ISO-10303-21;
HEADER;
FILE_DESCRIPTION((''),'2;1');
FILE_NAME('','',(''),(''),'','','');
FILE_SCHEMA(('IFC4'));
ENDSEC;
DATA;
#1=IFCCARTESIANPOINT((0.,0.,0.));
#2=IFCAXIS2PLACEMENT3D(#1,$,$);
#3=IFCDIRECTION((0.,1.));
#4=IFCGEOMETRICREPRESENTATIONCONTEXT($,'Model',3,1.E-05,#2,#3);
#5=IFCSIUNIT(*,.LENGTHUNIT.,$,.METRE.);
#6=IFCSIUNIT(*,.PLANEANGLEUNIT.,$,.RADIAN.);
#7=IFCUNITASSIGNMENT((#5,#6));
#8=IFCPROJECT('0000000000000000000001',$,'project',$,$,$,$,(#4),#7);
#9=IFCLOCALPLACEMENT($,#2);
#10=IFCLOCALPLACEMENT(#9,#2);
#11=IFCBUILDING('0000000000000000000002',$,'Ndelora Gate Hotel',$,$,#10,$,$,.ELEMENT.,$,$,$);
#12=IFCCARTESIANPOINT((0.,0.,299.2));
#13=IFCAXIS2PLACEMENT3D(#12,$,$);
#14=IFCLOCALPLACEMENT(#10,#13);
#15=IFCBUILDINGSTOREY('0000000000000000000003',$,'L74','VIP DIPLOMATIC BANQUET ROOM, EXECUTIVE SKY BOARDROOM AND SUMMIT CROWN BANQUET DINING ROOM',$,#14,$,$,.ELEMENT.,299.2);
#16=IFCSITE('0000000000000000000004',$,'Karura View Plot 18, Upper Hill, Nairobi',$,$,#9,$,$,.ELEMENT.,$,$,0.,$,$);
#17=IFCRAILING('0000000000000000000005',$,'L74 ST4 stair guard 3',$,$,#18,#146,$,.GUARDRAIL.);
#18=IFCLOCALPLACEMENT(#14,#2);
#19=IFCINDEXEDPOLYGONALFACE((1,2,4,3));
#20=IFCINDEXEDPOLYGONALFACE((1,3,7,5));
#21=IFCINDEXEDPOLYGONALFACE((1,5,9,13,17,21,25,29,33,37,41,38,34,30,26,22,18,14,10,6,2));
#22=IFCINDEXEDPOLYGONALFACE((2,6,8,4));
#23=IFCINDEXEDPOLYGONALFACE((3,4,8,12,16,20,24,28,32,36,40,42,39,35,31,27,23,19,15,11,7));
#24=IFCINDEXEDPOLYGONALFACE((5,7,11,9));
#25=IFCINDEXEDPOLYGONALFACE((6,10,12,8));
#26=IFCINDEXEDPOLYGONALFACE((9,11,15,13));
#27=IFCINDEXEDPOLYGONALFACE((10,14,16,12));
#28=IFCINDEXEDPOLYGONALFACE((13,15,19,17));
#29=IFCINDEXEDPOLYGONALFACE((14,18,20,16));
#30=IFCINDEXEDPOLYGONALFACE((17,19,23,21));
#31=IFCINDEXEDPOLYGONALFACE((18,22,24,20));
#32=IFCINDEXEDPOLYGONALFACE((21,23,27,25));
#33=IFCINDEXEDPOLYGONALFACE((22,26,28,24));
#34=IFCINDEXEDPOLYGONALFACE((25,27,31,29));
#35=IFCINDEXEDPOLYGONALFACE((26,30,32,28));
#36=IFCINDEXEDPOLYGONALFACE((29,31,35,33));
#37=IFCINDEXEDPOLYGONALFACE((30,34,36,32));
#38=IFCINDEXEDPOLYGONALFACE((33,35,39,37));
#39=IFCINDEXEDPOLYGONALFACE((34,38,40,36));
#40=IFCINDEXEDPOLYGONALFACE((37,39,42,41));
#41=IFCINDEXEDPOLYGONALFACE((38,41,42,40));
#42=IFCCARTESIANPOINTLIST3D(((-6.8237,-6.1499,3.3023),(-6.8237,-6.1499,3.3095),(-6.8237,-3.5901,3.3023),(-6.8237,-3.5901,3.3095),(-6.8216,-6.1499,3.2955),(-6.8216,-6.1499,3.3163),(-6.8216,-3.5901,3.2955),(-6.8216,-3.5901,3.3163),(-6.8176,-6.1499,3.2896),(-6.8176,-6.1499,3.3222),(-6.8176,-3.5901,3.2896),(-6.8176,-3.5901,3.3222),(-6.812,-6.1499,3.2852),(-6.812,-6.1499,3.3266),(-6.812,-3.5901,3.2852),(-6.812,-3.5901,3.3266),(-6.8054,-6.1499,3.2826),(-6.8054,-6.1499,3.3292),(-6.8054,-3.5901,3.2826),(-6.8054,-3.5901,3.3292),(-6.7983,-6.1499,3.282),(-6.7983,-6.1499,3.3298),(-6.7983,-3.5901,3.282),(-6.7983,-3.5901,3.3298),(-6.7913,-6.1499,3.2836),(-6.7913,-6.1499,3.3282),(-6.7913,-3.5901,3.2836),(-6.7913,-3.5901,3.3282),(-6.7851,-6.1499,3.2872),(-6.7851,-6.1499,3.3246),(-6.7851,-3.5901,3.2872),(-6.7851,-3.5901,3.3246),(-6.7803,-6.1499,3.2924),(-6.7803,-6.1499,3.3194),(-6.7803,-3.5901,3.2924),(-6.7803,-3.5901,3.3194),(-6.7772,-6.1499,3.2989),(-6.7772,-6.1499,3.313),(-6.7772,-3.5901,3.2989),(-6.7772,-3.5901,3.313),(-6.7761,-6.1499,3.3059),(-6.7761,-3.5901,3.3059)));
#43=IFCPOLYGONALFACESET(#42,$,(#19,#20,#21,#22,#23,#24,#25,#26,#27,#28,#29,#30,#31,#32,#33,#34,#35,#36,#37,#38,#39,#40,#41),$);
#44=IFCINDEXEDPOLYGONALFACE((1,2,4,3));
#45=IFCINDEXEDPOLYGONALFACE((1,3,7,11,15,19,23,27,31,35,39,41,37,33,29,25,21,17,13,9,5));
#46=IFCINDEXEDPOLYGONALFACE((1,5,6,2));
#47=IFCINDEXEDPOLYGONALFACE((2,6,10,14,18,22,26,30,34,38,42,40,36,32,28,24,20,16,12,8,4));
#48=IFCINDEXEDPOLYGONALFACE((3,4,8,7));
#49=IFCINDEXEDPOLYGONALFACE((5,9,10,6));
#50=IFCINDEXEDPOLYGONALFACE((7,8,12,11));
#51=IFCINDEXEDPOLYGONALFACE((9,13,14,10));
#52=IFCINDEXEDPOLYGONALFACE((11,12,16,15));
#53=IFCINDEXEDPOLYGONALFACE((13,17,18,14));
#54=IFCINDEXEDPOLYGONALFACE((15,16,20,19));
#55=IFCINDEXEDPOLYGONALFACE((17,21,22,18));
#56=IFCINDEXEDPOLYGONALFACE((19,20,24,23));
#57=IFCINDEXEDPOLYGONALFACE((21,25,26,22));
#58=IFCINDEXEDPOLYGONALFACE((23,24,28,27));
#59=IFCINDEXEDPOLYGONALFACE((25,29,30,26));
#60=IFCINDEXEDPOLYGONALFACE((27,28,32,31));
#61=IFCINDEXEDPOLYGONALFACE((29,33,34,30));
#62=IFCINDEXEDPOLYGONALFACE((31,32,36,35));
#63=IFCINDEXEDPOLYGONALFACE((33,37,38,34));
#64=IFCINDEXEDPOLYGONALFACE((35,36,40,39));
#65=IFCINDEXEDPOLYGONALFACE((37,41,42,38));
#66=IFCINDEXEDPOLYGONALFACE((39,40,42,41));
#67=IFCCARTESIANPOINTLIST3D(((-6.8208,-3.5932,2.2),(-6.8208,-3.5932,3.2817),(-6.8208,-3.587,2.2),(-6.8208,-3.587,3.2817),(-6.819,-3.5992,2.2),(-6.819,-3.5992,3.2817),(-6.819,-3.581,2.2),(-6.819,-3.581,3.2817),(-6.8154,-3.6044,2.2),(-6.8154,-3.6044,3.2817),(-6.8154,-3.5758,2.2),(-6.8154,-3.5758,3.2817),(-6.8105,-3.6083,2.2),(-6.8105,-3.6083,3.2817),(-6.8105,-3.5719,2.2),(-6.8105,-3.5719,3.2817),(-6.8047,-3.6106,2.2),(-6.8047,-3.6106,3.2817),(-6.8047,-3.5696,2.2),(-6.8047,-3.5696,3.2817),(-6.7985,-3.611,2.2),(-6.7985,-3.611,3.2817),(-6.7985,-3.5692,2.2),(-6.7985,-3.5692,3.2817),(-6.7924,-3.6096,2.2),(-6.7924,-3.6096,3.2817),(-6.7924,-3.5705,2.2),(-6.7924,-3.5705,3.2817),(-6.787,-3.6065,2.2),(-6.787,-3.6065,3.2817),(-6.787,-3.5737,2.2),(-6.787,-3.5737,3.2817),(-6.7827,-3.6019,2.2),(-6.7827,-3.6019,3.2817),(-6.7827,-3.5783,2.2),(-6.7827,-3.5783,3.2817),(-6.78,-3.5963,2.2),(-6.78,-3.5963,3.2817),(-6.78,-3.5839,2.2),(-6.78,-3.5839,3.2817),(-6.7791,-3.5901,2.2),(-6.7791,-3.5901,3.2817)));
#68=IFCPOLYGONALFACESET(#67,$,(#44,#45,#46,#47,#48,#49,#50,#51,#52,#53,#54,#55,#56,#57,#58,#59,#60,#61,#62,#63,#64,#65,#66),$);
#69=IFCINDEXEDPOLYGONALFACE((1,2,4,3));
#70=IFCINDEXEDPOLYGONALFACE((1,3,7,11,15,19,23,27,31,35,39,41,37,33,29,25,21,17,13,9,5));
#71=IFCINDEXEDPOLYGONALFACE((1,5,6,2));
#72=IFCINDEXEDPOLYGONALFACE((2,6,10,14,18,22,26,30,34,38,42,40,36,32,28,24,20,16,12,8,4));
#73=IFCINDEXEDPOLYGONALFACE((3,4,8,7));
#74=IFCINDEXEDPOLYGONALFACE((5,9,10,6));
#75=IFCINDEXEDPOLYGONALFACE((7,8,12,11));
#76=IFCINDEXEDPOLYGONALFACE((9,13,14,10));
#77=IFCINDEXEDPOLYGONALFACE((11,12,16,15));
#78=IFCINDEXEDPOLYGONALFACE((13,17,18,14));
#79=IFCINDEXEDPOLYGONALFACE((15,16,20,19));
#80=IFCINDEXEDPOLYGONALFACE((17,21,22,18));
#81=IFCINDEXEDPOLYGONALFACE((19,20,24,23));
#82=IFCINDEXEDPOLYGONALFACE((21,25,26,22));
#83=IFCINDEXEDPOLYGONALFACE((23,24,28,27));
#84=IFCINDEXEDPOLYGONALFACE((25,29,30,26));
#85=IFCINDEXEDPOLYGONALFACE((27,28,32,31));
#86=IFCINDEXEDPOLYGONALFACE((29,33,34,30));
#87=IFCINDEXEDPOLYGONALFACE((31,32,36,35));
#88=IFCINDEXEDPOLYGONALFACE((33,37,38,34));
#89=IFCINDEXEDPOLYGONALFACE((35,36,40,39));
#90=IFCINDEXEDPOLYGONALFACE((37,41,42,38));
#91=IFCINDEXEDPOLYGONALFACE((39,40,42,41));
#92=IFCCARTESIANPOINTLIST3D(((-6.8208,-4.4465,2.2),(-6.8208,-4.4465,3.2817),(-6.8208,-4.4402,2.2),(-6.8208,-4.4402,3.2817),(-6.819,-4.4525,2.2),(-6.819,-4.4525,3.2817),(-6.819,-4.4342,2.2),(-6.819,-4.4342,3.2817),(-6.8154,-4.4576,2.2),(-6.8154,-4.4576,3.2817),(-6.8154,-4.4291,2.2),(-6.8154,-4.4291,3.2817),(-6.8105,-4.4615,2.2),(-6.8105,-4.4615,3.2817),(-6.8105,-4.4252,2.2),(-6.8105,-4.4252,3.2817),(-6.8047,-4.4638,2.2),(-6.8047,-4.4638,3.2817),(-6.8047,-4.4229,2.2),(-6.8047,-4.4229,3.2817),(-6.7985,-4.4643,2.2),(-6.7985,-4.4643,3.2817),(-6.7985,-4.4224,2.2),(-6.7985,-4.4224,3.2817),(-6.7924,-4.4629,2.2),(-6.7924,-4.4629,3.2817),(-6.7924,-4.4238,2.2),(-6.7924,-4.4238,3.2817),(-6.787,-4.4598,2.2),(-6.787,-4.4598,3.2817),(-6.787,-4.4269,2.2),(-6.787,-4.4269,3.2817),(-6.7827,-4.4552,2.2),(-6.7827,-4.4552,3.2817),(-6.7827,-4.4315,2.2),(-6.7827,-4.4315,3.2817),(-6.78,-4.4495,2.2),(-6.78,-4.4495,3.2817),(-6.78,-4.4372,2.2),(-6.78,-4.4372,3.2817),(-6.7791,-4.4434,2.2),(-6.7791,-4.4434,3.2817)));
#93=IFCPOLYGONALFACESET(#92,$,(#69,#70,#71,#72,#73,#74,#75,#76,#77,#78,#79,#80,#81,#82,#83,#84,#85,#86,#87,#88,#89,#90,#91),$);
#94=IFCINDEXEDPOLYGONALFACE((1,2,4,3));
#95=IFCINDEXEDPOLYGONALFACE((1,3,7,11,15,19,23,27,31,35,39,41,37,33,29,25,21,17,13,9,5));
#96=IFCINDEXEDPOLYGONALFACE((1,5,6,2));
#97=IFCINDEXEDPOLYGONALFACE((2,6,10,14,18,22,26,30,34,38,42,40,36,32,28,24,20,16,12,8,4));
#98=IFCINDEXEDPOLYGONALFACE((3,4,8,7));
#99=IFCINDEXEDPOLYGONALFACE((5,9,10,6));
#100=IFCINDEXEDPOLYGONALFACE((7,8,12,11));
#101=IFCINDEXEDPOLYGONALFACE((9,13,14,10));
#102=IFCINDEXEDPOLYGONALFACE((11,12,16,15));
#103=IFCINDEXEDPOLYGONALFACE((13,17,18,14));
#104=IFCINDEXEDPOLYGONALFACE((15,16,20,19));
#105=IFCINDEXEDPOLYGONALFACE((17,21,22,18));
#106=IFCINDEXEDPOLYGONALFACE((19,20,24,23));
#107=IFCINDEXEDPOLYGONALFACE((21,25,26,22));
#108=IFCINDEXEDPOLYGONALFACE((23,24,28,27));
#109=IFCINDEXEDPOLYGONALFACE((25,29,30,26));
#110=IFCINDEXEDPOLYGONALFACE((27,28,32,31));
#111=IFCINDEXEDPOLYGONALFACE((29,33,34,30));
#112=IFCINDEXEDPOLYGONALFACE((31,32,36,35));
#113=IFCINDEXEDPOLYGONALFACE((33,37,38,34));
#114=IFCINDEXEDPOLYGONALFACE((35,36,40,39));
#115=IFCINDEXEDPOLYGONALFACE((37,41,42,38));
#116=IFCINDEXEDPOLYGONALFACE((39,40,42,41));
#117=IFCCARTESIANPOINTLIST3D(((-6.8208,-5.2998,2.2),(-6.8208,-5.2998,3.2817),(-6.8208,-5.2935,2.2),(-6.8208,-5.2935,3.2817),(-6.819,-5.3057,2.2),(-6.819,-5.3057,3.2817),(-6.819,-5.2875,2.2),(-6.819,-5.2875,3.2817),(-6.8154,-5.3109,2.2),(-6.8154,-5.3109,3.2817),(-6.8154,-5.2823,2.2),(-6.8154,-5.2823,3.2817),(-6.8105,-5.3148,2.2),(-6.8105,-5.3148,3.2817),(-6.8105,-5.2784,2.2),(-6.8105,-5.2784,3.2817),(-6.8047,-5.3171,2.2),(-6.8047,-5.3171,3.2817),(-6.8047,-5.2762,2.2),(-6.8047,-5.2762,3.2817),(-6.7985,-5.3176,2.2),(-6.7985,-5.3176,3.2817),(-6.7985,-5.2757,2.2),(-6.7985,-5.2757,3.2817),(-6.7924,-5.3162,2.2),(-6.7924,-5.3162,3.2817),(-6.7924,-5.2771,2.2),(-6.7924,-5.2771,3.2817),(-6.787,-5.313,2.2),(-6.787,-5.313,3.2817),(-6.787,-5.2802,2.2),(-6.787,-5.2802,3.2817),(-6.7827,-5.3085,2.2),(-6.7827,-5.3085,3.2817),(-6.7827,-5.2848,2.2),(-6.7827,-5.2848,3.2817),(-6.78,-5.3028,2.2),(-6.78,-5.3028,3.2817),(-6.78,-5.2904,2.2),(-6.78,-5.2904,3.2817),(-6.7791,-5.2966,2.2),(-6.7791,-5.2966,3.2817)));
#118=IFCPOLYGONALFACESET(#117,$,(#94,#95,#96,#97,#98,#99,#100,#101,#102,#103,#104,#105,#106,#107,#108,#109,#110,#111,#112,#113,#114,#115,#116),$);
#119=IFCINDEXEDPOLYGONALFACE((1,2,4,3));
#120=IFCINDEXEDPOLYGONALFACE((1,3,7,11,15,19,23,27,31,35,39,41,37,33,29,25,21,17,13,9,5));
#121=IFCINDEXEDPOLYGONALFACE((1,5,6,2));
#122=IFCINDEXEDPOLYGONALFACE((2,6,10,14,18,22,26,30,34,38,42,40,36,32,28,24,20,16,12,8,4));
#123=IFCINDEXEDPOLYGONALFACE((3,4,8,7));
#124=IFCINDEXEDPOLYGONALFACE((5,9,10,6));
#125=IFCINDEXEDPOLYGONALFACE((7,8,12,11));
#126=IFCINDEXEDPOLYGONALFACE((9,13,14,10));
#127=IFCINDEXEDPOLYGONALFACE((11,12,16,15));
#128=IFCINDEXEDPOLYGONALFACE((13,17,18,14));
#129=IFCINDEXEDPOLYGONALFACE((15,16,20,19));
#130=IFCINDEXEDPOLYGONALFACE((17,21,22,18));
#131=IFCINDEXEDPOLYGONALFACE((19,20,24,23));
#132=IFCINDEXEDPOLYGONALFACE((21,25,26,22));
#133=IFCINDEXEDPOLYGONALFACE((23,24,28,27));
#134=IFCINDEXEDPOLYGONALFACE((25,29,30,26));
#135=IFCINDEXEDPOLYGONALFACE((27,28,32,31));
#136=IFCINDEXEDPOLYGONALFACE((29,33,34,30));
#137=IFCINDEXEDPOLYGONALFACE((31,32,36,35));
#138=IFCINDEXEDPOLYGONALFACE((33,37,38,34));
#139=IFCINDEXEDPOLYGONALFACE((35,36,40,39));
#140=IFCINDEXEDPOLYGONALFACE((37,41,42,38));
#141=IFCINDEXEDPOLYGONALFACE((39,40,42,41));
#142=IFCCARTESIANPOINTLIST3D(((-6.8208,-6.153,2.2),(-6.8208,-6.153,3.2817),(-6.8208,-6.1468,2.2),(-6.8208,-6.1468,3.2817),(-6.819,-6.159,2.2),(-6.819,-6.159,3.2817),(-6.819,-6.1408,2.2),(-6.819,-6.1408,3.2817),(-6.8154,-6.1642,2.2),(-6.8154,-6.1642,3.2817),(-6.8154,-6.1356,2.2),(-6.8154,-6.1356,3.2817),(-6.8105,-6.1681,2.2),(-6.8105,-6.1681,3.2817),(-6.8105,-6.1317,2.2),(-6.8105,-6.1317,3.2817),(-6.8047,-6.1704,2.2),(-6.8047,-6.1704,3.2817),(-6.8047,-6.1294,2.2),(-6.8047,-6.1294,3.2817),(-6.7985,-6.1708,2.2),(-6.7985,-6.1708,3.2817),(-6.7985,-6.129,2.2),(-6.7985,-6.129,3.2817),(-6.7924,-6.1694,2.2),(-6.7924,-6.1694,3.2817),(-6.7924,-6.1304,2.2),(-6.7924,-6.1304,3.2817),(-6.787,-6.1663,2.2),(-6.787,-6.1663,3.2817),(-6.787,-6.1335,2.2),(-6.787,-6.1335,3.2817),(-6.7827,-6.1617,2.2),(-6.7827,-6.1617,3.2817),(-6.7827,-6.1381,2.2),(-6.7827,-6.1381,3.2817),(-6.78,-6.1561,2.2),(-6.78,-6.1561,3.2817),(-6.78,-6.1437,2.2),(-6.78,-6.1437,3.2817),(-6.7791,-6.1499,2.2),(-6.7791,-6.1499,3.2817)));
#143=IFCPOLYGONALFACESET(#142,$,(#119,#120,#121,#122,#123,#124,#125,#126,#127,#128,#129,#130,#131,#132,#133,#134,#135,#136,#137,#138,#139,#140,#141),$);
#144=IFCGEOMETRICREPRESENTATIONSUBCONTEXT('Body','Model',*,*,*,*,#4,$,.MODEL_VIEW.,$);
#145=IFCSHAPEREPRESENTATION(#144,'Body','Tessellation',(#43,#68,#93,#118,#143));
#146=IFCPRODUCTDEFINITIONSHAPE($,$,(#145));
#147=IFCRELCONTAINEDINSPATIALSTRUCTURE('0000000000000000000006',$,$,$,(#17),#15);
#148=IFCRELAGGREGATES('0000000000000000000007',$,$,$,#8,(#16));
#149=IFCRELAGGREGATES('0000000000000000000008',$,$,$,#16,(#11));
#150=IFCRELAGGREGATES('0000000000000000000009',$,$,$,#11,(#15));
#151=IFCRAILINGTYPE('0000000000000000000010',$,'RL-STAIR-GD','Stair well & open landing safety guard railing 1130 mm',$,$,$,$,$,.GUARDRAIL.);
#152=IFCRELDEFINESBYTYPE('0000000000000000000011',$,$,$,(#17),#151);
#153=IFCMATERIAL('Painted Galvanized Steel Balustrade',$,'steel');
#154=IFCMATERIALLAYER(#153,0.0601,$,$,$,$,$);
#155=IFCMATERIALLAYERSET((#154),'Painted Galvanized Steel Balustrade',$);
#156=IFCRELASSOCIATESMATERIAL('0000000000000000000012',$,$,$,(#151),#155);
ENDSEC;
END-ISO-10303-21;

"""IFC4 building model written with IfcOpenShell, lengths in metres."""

from ifc_helpers import new_model, si_unit, direction, frame, origin, origin_2d, place, context, subcontext, project, spatial, circle, extrude, material, layer, layer_set, type_object, element, save


model = new_model("IFC4")

# Units and contexts
model_context = context("Model", 3, precision=1e-05, world=origin(), true_north=direction((0.0, 1.0)))
body_context = subcontext(model_context, "Body", "Model", "MODEL_VIEW")
ifc_project = project(units=[si_unit("LENGTHUNIT", "METRE"), si_unit("PLANEANGLEUNIT", "RADIAN")], contexts=[model_context])

# Site, building, storey
site_placement = place(None, origin())
site = spatial("IfcSite", under=ifc_project, at=site_placement, Name="Karura View Plot 18, Upper Hill, Nairobi", CompositionType="ELEMENT", RefElevation=0.0)
building_placement = place(site_placement, origin())
building = spatial("IfcBuilding", under=site, at=building_placement, Name="Ndelora Gate Hotel", CompositionType="ELEMENT")
storey_placement = place(building_placement, frame((0.0, 0.0, 299.2)))
storey = spatial("IfcBuildingStorey", under=building, at=storey_placement, Name="L74", Description="VIP DIPLOMATIC BANQUET ROOM, EXECUTIVE SKY BOARDROOM AND SUMMIT CROWN BANQUET DINING ROOM", CompositionType="ELEMENT", Elevation=299.2)

# Railing
ifc_material_1 = material(Name="Painted Galvanized Steel Balustrade", Category="steel")
ifc_layer_1 = layer(ifc_material_1, 0.0601)
ifc_layer_set_1 = layer_set([ifc_layer_1], Name="Painted Galvanized Steel Balustrade")
railing_type_1 = type_object("IfcRailingType", Name="RL-STAIR-GD", Description="Stair well & open landing safety guard railing 1130 mm", PredefinedType="GUARDRAIL", material=ifc_layer_set_1)
for number, where, name in (
    (1, (-6.8, -3.5901, 2.2), "L74 ST4 stair guard 3"),
):
    element("IfcRailing", number, at=place(storey_placement, frame(where)), inside=storey, type_object=railing_type_1, Name=name, PredefinedType="GUARDRAIL", context=body_context, shape_type="SweptSolid", body=[
        extrude(circle(Radius=0.0239, at=origin_2d()), frame((0.0, 0.0, 1.106), z_axis=(0.0, -1.0, 0.0), x_axis=(1.0, 0.0, 0.0)), (0.0, 0.0, 1.0), 2.5598),
        extrude(circle(Radius=0.021, at=origin_2d()), origin(), (0.0, 0.0, 1.0), 1.0818),
        extrude(circle(Radius=0.021, at=origin_2d()), frame((0.0, -0.8533, 0.0)), (0.0, 0.0, 1.0), 1.0818),
        extrude(circle(Radius=0.021, at=origin_2d()), frame((0.0, -1.7065, 0.0)), (0.0, 0.0, 1.0), 1.0818),
        extrude(circle(Radius=0.021, at=origin_2d()), frame((0.0, -2.5598, 0.0)), (0.0, 0.0, 1.0), 1.0818),
    ])

save(model, "model.ifc")
